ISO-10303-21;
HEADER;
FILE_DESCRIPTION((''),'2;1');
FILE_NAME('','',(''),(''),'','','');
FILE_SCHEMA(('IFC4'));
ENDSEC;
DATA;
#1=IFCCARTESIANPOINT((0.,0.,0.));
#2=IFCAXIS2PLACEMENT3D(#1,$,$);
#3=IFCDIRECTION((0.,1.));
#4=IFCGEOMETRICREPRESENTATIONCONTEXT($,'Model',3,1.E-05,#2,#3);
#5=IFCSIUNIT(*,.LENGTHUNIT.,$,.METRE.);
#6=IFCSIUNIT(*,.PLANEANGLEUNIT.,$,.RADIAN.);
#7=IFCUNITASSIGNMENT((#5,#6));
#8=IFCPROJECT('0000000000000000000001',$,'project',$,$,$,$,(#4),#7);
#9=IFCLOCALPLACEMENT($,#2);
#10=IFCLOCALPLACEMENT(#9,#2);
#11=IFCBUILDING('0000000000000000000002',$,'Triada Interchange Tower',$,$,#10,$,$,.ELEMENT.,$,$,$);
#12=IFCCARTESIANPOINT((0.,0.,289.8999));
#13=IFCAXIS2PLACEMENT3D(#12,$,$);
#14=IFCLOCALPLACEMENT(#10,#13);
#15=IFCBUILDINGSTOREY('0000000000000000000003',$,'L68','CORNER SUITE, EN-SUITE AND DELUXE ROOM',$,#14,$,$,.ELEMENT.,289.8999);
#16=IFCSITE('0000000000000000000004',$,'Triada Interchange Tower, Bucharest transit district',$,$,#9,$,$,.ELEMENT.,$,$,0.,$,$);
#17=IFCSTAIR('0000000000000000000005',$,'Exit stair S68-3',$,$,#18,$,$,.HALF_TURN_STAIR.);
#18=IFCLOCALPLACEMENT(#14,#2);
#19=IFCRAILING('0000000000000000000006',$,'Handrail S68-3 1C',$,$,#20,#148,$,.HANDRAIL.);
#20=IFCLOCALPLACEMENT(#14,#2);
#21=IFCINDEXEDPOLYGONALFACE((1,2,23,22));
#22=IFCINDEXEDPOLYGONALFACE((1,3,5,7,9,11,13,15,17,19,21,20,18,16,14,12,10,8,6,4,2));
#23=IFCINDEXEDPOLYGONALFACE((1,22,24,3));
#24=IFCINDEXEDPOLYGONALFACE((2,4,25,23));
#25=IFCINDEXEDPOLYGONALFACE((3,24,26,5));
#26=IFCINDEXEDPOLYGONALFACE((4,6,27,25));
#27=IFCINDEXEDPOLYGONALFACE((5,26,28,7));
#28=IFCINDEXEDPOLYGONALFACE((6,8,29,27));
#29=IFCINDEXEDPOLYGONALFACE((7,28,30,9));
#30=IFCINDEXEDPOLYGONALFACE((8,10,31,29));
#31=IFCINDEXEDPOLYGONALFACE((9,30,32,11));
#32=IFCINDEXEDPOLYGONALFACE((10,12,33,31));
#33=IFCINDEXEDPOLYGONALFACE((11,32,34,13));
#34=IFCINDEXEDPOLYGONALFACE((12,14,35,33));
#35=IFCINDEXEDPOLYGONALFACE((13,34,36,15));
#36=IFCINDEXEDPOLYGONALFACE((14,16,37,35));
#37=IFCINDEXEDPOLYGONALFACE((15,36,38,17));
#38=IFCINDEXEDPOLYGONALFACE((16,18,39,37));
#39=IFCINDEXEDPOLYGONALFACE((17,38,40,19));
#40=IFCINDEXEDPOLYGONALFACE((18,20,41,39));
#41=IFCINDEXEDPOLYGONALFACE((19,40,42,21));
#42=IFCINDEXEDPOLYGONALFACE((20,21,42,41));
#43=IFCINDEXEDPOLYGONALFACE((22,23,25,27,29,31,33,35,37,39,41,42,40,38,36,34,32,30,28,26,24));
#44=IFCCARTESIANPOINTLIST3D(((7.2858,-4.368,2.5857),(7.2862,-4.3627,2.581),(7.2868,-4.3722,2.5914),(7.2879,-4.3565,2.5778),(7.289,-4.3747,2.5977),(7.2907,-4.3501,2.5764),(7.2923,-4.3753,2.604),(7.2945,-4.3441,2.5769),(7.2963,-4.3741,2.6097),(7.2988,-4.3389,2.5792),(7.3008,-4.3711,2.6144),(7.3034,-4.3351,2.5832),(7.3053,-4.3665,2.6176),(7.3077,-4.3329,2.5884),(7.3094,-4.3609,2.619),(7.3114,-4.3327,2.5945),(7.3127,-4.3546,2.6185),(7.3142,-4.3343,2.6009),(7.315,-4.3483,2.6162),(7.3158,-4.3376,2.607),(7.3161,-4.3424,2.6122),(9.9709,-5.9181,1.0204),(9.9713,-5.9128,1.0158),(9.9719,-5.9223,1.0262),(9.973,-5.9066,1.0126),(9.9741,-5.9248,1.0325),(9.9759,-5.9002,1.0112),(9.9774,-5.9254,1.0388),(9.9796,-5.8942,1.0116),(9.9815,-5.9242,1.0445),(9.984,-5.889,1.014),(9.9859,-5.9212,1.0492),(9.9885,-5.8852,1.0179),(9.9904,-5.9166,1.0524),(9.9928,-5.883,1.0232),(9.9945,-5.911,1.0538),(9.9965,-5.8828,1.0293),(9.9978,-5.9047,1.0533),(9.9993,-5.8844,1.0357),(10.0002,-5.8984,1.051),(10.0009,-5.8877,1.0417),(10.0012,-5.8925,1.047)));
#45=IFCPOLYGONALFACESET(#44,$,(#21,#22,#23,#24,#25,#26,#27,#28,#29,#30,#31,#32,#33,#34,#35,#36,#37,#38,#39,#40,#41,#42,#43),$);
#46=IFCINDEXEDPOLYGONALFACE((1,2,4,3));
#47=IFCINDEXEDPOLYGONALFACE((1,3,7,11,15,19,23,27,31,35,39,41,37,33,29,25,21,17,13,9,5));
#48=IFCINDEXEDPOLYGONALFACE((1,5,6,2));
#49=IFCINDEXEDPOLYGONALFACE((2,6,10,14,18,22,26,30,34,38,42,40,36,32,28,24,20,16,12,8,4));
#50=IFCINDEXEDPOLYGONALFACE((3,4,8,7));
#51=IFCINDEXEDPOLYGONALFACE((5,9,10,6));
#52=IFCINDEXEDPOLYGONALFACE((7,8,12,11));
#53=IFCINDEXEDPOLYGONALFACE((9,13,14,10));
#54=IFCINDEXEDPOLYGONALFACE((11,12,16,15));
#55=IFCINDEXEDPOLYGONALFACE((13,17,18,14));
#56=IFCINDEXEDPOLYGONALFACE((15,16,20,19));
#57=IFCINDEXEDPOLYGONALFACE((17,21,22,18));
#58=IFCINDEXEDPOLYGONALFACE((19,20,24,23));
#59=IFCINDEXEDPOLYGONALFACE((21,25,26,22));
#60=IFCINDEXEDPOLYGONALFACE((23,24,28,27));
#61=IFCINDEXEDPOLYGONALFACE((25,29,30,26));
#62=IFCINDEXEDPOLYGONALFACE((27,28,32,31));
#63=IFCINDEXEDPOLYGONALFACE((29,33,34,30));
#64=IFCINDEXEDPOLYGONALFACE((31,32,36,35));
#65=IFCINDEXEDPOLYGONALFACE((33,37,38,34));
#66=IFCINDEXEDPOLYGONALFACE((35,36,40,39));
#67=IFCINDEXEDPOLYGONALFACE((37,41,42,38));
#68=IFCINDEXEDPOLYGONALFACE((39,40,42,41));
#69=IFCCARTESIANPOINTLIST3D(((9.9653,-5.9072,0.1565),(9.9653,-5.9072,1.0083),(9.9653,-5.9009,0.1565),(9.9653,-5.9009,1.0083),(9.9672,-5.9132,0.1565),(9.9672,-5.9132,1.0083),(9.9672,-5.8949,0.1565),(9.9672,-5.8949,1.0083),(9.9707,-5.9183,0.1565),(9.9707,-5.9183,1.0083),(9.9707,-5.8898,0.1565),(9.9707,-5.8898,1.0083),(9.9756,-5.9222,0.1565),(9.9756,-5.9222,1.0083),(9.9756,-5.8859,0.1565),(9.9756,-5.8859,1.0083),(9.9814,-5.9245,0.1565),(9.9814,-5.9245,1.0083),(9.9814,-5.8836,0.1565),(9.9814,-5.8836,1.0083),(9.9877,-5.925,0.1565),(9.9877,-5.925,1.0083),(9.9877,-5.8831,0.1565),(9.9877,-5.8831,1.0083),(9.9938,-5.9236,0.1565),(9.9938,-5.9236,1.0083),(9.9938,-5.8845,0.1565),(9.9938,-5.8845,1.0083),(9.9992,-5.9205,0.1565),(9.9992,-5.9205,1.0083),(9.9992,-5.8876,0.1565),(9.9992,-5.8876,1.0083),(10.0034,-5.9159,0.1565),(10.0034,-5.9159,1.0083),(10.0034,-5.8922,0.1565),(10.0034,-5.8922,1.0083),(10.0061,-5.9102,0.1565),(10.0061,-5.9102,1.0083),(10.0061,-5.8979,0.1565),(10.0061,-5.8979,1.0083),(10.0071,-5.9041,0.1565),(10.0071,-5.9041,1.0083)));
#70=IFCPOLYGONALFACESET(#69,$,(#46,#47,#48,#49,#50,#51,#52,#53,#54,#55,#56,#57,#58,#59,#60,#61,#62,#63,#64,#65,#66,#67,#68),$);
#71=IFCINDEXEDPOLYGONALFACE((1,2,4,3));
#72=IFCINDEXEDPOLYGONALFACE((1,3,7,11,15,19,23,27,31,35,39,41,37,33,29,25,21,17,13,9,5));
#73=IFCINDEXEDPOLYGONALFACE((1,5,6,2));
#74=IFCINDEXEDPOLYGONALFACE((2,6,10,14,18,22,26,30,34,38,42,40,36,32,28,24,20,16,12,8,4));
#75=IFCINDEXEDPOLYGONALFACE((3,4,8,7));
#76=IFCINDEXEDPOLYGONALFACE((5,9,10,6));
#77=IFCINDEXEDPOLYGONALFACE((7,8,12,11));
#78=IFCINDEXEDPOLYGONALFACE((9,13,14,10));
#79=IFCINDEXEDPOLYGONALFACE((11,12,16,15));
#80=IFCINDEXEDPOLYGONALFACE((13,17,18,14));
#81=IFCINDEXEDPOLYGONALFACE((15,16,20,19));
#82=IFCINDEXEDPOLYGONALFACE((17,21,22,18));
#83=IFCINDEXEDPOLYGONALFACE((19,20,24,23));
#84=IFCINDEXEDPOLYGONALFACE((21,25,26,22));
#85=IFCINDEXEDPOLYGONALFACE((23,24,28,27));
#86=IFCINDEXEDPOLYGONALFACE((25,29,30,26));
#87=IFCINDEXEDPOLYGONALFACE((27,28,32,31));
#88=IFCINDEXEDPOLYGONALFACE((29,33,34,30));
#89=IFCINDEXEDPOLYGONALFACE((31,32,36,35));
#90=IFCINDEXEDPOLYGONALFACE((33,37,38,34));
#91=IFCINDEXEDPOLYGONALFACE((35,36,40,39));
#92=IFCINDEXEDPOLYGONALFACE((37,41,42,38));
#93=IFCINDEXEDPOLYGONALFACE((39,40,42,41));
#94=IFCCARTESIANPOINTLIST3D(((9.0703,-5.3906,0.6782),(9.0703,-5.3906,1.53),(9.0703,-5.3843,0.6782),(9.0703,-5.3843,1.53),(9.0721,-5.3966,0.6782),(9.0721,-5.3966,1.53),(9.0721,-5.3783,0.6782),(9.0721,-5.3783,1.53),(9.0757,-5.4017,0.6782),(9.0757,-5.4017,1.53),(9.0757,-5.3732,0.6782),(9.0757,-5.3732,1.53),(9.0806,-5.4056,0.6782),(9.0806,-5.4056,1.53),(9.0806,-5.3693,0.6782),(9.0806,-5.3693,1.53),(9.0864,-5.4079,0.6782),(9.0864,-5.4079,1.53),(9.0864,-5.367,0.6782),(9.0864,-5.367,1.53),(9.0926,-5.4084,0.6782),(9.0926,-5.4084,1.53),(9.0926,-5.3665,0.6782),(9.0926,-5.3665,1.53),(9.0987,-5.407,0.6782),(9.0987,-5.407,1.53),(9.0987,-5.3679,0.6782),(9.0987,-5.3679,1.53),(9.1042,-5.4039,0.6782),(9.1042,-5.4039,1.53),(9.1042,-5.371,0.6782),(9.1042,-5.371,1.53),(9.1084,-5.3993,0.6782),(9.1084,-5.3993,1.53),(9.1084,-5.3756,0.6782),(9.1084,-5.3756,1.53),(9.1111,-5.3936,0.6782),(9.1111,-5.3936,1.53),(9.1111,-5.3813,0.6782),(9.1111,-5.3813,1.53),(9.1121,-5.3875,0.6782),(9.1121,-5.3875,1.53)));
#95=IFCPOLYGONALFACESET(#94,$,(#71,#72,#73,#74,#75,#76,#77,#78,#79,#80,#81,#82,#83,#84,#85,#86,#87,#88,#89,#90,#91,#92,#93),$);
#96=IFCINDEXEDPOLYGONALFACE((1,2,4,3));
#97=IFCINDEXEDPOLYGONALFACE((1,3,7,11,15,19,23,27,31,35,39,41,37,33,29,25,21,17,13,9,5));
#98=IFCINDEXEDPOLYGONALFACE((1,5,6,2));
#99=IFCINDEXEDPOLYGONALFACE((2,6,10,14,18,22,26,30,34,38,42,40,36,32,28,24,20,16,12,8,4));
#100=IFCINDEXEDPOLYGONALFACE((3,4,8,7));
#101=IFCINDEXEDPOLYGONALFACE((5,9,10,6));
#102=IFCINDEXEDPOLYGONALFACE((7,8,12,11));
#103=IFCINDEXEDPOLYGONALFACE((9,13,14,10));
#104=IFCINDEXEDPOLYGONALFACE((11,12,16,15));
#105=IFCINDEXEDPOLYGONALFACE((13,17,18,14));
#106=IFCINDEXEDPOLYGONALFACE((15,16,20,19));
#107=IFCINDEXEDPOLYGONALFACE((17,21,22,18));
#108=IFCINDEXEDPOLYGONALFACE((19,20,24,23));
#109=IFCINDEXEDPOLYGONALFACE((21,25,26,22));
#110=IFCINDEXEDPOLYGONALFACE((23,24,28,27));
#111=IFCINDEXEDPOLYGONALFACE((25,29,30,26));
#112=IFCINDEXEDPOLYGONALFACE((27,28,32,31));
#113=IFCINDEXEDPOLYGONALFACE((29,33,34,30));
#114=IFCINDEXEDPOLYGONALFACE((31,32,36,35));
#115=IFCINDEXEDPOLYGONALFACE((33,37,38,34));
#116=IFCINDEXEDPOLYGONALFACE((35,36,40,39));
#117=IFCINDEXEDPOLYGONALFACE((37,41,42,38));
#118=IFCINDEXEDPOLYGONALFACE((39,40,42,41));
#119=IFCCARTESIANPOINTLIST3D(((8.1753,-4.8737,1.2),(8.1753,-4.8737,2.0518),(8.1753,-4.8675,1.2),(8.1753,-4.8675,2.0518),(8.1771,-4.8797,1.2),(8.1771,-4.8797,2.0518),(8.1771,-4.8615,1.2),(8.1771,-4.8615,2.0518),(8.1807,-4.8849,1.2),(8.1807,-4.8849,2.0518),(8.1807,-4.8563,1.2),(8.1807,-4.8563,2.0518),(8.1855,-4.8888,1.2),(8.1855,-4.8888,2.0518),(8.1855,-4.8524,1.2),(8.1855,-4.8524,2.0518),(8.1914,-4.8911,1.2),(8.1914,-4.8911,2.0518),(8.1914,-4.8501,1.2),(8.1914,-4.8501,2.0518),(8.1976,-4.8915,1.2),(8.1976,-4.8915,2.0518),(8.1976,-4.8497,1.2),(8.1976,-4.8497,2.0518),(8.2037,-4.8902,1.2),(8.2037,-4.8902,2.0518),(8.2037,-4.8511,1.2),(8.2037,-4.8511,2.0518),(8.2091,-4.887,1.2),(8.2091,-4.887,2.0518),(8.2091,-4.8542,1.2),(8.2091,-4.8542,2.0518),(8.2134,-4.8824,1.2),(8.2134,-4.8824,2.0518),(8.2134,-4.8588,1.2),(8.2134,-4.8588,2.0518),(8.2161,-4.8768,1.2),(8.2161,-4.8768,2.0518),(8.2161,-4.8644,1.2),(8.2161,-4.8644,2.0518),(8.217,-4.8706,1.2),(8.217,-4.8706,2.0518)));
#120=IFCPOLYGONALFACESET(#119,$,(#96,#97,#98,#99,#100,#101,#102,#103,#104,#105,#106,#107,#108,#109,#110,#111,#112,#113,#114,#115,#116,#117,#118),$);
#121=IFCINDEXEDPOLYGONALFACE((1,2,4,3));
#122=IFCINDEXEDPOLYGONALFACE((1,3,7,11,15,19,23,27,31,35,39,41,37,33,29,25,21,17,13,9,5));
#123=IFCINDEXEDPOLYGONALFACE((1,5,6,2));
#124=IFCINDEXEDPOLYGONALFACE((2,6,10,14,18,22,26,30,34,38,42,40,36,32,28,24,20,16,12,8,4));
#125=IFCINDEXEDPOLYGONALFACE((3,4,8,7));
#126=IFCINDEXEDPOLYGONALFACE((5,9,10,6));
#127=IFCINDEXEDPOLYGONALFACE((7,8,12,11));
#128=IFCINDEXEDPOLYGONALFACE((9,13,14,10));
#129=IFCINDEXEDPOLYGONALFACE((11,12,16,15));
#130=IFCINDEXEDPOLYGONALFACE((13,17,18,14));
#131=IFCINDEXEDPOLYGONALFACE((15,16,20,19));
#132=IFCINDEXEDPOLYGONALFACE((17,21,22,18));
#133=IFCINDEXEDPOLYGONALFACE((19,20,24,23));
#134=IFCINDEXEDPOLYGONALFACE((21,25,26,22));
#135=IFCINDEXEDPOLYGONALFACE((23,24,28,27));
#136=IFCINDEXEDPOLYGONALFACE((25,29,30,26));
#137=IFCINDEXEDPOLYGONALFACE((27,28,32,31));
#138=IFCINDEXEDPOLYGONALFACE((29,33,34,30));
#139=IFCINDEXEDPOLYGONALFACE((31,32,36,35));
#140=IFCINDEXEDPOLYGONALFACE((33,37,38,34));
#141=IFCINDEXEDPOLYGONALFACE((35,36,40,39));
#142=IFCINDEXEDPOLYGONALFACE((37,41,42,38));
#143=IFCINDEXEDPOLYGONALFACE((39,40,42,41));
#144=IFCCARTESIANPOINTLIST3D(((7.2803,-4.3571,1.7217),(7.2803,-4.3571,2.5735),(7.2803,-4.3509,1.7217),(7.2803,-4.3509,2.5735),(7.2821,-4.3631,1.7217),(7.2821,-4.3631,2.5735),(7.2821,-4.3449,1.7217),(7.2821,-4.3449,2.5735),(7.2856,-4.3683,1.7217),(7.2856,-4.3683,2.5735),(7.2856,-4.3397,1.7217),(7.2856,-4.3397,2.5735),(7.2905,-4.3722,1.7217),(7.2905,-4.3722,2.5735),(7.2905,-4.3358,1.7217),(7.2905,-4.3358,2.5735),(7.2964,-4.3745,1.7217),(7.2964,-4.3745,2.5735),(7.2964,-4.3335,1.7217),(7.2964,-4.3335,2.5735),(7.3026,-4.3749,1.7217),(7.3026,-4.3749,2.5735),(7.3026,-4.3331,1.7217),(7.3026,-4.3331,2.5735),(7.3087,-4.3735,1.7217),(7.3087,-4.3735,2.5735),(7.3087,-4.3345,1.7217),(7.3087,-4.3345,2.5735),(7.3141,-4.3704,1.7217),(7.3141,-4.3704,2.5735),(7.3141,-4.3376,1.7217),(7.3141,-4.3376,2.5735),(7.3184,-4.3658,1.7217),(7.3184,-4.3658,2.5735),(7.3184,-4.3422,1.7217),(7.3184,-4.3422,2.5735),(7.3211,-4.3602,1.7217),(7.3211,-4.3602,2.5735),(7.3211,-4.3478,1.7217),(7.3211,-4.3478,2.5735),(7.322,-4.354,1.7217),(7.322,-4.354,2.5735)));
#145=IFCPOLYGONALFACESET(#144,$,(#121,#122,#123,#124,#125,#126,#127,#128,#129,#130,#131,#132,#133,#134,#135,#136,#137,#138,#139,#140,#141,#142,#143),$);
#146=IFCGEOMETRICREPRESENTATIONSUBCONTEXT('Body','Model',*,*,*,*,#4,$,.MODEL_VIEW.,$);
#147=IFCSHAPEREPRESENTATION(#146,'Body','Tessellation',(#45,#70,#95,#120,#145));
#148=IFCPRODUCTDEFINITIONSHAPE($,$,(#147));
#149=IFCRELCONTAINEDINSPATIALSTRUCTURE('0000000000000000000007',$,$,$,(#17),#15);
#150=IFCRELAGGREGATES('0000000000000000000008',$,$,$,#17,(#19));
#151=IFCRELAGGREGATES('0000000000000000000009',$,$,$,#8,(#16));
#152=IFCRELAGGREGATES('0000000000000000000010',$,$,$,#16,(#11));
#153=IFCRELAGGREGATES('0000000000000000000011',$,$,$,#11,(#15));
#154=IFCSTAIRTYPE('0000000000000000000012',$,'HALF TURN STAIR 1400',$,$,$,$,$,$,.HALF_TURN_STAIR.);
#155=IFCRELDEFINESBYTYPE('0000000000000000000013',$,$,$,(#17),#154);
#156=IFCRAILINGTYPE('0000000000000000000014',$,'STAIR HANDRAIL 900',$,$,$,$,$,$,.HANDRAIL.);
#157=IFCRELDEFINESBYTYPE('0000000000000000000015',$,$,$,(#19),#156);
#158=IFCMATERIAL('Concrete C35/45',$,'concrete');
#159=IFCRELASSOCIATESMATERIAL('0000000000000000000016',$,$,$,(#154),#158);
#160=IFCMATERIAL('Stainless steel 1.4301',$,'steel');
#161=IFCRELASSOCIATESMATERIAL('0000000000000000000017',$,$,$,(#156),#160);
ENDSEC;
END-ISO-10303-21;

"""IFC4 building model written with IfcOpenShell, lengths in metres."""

from ifc_helpers import new_model, si_unit, direction, frame, origin, origin_2d, place, context, subcontext, project, spatial, circle, extrude, material, type_object, element, aggregate, save


model = new_model("IFC4")

# Units and contexts
model_context = context("Model", 3, precision=1e-05, world=origin(), true_north=direction((0.0, 1.0)))
body_context = subcontext(model_context, "Body", "Model", "MODEL_VIEW")
ifc_project = project(units=[si_unit("LENGTHUNIT", "METRE"), si_unit("PLANEANGLEUNIT", "RADIAN")], contexts=[model_context])

# Site, building, storey
site_placement = place(None, origin())
site = spatial("IfcSite", under=ifc_project, at=site_placement, Name="Triada Interchange Tower, Bucharest transit district", CompositionType="ELEMENT", RefElevation=0.0)
building_placement = place(site_placement, origin())
building = spatial("IfcBuilding", under=site, at=building_placement, Name="Triada Interchange Tower", CompositionType="ELEMENT")
storey_placement = place(building_placement, frame((0.0, 0.0, 289.8999)))
storey = spatial("IfcBuildingStorey", under=building, at=storey_placement, Name="L68", Description="CORNER SUITE, EN-SUITE AND DELUXE ROOM", CompositionType="ELEMENT", Elevation=289.8999)

# Stair, railing
ifc_material_1 = material(Name="Concrete C35/45", Category="concrete")
stair_type = type_object("IfcStairType", Name="HALF TURN STAIR 1400", PredefinedType="HALF_TURN_STAIR", material=ifc_material_1)
stair_placement = place(storey_placement, origin())
stair = element("IfcStair", 1, at=stair_placement, inside=storey, type_object=stair_type, Name="Exit stair S68-3", PredefinedType="HALF_TURN_STAIR")
ifc_material_2 = material(Name="Stainless steel 1.4301", Category="steel")
railing_type = type_object("IfcRailingType", Name="STAIR HANDRAIL 900", PredefinedType="HANDRAIL", material=ifc_material_2)
railing_1_placement = place(storey_placement, frame((9.9861, -5.9041, 0.1565)))
railing_1 = element("IfcRailing", 2, at=railing_1_placement, type_object=railing_type, Name="Handrail S68-3 1C", PredefinedType="HANDRAIL", context=body_context, shape_type="SweptSolid", body=[
    extrude(circle(Radius=0.0239, at=origin_2d()), frame((0.0, 0.0, 0.876), z_axis=(-0.773115, 0.446309, 0.450667), x_axis=(-0.499959, -0.866049, 0.0)), (0.0, 0.0, 1.0), 3.4731),
    extrude(circle(Radius=0.021, at=origin_2d()), origin(), (0.0, 0.0, 1.0), 0.8518),
    extrude(circle(Radius=0.021, at=origin_2d()), frame((-0.895, 0.5166, 0.5217)), (0.0, 0.0, 1.0), 0.8518),
    extrude(circle(Radius=0.021, at=origin_2d()), frame((-1.79, 1.0334, 1.0435)), (0.0, 0.0, 1.0), 0.8518),
    extrude(circle(Radius=0.021, at=origin_2d()), frame((-2.6851, 1.55, 1.5652)), (0.0, 0.0, 1.0), 0.8518),
])
aggregate(stair, [railing_1])

save(model, "model.ifc")
